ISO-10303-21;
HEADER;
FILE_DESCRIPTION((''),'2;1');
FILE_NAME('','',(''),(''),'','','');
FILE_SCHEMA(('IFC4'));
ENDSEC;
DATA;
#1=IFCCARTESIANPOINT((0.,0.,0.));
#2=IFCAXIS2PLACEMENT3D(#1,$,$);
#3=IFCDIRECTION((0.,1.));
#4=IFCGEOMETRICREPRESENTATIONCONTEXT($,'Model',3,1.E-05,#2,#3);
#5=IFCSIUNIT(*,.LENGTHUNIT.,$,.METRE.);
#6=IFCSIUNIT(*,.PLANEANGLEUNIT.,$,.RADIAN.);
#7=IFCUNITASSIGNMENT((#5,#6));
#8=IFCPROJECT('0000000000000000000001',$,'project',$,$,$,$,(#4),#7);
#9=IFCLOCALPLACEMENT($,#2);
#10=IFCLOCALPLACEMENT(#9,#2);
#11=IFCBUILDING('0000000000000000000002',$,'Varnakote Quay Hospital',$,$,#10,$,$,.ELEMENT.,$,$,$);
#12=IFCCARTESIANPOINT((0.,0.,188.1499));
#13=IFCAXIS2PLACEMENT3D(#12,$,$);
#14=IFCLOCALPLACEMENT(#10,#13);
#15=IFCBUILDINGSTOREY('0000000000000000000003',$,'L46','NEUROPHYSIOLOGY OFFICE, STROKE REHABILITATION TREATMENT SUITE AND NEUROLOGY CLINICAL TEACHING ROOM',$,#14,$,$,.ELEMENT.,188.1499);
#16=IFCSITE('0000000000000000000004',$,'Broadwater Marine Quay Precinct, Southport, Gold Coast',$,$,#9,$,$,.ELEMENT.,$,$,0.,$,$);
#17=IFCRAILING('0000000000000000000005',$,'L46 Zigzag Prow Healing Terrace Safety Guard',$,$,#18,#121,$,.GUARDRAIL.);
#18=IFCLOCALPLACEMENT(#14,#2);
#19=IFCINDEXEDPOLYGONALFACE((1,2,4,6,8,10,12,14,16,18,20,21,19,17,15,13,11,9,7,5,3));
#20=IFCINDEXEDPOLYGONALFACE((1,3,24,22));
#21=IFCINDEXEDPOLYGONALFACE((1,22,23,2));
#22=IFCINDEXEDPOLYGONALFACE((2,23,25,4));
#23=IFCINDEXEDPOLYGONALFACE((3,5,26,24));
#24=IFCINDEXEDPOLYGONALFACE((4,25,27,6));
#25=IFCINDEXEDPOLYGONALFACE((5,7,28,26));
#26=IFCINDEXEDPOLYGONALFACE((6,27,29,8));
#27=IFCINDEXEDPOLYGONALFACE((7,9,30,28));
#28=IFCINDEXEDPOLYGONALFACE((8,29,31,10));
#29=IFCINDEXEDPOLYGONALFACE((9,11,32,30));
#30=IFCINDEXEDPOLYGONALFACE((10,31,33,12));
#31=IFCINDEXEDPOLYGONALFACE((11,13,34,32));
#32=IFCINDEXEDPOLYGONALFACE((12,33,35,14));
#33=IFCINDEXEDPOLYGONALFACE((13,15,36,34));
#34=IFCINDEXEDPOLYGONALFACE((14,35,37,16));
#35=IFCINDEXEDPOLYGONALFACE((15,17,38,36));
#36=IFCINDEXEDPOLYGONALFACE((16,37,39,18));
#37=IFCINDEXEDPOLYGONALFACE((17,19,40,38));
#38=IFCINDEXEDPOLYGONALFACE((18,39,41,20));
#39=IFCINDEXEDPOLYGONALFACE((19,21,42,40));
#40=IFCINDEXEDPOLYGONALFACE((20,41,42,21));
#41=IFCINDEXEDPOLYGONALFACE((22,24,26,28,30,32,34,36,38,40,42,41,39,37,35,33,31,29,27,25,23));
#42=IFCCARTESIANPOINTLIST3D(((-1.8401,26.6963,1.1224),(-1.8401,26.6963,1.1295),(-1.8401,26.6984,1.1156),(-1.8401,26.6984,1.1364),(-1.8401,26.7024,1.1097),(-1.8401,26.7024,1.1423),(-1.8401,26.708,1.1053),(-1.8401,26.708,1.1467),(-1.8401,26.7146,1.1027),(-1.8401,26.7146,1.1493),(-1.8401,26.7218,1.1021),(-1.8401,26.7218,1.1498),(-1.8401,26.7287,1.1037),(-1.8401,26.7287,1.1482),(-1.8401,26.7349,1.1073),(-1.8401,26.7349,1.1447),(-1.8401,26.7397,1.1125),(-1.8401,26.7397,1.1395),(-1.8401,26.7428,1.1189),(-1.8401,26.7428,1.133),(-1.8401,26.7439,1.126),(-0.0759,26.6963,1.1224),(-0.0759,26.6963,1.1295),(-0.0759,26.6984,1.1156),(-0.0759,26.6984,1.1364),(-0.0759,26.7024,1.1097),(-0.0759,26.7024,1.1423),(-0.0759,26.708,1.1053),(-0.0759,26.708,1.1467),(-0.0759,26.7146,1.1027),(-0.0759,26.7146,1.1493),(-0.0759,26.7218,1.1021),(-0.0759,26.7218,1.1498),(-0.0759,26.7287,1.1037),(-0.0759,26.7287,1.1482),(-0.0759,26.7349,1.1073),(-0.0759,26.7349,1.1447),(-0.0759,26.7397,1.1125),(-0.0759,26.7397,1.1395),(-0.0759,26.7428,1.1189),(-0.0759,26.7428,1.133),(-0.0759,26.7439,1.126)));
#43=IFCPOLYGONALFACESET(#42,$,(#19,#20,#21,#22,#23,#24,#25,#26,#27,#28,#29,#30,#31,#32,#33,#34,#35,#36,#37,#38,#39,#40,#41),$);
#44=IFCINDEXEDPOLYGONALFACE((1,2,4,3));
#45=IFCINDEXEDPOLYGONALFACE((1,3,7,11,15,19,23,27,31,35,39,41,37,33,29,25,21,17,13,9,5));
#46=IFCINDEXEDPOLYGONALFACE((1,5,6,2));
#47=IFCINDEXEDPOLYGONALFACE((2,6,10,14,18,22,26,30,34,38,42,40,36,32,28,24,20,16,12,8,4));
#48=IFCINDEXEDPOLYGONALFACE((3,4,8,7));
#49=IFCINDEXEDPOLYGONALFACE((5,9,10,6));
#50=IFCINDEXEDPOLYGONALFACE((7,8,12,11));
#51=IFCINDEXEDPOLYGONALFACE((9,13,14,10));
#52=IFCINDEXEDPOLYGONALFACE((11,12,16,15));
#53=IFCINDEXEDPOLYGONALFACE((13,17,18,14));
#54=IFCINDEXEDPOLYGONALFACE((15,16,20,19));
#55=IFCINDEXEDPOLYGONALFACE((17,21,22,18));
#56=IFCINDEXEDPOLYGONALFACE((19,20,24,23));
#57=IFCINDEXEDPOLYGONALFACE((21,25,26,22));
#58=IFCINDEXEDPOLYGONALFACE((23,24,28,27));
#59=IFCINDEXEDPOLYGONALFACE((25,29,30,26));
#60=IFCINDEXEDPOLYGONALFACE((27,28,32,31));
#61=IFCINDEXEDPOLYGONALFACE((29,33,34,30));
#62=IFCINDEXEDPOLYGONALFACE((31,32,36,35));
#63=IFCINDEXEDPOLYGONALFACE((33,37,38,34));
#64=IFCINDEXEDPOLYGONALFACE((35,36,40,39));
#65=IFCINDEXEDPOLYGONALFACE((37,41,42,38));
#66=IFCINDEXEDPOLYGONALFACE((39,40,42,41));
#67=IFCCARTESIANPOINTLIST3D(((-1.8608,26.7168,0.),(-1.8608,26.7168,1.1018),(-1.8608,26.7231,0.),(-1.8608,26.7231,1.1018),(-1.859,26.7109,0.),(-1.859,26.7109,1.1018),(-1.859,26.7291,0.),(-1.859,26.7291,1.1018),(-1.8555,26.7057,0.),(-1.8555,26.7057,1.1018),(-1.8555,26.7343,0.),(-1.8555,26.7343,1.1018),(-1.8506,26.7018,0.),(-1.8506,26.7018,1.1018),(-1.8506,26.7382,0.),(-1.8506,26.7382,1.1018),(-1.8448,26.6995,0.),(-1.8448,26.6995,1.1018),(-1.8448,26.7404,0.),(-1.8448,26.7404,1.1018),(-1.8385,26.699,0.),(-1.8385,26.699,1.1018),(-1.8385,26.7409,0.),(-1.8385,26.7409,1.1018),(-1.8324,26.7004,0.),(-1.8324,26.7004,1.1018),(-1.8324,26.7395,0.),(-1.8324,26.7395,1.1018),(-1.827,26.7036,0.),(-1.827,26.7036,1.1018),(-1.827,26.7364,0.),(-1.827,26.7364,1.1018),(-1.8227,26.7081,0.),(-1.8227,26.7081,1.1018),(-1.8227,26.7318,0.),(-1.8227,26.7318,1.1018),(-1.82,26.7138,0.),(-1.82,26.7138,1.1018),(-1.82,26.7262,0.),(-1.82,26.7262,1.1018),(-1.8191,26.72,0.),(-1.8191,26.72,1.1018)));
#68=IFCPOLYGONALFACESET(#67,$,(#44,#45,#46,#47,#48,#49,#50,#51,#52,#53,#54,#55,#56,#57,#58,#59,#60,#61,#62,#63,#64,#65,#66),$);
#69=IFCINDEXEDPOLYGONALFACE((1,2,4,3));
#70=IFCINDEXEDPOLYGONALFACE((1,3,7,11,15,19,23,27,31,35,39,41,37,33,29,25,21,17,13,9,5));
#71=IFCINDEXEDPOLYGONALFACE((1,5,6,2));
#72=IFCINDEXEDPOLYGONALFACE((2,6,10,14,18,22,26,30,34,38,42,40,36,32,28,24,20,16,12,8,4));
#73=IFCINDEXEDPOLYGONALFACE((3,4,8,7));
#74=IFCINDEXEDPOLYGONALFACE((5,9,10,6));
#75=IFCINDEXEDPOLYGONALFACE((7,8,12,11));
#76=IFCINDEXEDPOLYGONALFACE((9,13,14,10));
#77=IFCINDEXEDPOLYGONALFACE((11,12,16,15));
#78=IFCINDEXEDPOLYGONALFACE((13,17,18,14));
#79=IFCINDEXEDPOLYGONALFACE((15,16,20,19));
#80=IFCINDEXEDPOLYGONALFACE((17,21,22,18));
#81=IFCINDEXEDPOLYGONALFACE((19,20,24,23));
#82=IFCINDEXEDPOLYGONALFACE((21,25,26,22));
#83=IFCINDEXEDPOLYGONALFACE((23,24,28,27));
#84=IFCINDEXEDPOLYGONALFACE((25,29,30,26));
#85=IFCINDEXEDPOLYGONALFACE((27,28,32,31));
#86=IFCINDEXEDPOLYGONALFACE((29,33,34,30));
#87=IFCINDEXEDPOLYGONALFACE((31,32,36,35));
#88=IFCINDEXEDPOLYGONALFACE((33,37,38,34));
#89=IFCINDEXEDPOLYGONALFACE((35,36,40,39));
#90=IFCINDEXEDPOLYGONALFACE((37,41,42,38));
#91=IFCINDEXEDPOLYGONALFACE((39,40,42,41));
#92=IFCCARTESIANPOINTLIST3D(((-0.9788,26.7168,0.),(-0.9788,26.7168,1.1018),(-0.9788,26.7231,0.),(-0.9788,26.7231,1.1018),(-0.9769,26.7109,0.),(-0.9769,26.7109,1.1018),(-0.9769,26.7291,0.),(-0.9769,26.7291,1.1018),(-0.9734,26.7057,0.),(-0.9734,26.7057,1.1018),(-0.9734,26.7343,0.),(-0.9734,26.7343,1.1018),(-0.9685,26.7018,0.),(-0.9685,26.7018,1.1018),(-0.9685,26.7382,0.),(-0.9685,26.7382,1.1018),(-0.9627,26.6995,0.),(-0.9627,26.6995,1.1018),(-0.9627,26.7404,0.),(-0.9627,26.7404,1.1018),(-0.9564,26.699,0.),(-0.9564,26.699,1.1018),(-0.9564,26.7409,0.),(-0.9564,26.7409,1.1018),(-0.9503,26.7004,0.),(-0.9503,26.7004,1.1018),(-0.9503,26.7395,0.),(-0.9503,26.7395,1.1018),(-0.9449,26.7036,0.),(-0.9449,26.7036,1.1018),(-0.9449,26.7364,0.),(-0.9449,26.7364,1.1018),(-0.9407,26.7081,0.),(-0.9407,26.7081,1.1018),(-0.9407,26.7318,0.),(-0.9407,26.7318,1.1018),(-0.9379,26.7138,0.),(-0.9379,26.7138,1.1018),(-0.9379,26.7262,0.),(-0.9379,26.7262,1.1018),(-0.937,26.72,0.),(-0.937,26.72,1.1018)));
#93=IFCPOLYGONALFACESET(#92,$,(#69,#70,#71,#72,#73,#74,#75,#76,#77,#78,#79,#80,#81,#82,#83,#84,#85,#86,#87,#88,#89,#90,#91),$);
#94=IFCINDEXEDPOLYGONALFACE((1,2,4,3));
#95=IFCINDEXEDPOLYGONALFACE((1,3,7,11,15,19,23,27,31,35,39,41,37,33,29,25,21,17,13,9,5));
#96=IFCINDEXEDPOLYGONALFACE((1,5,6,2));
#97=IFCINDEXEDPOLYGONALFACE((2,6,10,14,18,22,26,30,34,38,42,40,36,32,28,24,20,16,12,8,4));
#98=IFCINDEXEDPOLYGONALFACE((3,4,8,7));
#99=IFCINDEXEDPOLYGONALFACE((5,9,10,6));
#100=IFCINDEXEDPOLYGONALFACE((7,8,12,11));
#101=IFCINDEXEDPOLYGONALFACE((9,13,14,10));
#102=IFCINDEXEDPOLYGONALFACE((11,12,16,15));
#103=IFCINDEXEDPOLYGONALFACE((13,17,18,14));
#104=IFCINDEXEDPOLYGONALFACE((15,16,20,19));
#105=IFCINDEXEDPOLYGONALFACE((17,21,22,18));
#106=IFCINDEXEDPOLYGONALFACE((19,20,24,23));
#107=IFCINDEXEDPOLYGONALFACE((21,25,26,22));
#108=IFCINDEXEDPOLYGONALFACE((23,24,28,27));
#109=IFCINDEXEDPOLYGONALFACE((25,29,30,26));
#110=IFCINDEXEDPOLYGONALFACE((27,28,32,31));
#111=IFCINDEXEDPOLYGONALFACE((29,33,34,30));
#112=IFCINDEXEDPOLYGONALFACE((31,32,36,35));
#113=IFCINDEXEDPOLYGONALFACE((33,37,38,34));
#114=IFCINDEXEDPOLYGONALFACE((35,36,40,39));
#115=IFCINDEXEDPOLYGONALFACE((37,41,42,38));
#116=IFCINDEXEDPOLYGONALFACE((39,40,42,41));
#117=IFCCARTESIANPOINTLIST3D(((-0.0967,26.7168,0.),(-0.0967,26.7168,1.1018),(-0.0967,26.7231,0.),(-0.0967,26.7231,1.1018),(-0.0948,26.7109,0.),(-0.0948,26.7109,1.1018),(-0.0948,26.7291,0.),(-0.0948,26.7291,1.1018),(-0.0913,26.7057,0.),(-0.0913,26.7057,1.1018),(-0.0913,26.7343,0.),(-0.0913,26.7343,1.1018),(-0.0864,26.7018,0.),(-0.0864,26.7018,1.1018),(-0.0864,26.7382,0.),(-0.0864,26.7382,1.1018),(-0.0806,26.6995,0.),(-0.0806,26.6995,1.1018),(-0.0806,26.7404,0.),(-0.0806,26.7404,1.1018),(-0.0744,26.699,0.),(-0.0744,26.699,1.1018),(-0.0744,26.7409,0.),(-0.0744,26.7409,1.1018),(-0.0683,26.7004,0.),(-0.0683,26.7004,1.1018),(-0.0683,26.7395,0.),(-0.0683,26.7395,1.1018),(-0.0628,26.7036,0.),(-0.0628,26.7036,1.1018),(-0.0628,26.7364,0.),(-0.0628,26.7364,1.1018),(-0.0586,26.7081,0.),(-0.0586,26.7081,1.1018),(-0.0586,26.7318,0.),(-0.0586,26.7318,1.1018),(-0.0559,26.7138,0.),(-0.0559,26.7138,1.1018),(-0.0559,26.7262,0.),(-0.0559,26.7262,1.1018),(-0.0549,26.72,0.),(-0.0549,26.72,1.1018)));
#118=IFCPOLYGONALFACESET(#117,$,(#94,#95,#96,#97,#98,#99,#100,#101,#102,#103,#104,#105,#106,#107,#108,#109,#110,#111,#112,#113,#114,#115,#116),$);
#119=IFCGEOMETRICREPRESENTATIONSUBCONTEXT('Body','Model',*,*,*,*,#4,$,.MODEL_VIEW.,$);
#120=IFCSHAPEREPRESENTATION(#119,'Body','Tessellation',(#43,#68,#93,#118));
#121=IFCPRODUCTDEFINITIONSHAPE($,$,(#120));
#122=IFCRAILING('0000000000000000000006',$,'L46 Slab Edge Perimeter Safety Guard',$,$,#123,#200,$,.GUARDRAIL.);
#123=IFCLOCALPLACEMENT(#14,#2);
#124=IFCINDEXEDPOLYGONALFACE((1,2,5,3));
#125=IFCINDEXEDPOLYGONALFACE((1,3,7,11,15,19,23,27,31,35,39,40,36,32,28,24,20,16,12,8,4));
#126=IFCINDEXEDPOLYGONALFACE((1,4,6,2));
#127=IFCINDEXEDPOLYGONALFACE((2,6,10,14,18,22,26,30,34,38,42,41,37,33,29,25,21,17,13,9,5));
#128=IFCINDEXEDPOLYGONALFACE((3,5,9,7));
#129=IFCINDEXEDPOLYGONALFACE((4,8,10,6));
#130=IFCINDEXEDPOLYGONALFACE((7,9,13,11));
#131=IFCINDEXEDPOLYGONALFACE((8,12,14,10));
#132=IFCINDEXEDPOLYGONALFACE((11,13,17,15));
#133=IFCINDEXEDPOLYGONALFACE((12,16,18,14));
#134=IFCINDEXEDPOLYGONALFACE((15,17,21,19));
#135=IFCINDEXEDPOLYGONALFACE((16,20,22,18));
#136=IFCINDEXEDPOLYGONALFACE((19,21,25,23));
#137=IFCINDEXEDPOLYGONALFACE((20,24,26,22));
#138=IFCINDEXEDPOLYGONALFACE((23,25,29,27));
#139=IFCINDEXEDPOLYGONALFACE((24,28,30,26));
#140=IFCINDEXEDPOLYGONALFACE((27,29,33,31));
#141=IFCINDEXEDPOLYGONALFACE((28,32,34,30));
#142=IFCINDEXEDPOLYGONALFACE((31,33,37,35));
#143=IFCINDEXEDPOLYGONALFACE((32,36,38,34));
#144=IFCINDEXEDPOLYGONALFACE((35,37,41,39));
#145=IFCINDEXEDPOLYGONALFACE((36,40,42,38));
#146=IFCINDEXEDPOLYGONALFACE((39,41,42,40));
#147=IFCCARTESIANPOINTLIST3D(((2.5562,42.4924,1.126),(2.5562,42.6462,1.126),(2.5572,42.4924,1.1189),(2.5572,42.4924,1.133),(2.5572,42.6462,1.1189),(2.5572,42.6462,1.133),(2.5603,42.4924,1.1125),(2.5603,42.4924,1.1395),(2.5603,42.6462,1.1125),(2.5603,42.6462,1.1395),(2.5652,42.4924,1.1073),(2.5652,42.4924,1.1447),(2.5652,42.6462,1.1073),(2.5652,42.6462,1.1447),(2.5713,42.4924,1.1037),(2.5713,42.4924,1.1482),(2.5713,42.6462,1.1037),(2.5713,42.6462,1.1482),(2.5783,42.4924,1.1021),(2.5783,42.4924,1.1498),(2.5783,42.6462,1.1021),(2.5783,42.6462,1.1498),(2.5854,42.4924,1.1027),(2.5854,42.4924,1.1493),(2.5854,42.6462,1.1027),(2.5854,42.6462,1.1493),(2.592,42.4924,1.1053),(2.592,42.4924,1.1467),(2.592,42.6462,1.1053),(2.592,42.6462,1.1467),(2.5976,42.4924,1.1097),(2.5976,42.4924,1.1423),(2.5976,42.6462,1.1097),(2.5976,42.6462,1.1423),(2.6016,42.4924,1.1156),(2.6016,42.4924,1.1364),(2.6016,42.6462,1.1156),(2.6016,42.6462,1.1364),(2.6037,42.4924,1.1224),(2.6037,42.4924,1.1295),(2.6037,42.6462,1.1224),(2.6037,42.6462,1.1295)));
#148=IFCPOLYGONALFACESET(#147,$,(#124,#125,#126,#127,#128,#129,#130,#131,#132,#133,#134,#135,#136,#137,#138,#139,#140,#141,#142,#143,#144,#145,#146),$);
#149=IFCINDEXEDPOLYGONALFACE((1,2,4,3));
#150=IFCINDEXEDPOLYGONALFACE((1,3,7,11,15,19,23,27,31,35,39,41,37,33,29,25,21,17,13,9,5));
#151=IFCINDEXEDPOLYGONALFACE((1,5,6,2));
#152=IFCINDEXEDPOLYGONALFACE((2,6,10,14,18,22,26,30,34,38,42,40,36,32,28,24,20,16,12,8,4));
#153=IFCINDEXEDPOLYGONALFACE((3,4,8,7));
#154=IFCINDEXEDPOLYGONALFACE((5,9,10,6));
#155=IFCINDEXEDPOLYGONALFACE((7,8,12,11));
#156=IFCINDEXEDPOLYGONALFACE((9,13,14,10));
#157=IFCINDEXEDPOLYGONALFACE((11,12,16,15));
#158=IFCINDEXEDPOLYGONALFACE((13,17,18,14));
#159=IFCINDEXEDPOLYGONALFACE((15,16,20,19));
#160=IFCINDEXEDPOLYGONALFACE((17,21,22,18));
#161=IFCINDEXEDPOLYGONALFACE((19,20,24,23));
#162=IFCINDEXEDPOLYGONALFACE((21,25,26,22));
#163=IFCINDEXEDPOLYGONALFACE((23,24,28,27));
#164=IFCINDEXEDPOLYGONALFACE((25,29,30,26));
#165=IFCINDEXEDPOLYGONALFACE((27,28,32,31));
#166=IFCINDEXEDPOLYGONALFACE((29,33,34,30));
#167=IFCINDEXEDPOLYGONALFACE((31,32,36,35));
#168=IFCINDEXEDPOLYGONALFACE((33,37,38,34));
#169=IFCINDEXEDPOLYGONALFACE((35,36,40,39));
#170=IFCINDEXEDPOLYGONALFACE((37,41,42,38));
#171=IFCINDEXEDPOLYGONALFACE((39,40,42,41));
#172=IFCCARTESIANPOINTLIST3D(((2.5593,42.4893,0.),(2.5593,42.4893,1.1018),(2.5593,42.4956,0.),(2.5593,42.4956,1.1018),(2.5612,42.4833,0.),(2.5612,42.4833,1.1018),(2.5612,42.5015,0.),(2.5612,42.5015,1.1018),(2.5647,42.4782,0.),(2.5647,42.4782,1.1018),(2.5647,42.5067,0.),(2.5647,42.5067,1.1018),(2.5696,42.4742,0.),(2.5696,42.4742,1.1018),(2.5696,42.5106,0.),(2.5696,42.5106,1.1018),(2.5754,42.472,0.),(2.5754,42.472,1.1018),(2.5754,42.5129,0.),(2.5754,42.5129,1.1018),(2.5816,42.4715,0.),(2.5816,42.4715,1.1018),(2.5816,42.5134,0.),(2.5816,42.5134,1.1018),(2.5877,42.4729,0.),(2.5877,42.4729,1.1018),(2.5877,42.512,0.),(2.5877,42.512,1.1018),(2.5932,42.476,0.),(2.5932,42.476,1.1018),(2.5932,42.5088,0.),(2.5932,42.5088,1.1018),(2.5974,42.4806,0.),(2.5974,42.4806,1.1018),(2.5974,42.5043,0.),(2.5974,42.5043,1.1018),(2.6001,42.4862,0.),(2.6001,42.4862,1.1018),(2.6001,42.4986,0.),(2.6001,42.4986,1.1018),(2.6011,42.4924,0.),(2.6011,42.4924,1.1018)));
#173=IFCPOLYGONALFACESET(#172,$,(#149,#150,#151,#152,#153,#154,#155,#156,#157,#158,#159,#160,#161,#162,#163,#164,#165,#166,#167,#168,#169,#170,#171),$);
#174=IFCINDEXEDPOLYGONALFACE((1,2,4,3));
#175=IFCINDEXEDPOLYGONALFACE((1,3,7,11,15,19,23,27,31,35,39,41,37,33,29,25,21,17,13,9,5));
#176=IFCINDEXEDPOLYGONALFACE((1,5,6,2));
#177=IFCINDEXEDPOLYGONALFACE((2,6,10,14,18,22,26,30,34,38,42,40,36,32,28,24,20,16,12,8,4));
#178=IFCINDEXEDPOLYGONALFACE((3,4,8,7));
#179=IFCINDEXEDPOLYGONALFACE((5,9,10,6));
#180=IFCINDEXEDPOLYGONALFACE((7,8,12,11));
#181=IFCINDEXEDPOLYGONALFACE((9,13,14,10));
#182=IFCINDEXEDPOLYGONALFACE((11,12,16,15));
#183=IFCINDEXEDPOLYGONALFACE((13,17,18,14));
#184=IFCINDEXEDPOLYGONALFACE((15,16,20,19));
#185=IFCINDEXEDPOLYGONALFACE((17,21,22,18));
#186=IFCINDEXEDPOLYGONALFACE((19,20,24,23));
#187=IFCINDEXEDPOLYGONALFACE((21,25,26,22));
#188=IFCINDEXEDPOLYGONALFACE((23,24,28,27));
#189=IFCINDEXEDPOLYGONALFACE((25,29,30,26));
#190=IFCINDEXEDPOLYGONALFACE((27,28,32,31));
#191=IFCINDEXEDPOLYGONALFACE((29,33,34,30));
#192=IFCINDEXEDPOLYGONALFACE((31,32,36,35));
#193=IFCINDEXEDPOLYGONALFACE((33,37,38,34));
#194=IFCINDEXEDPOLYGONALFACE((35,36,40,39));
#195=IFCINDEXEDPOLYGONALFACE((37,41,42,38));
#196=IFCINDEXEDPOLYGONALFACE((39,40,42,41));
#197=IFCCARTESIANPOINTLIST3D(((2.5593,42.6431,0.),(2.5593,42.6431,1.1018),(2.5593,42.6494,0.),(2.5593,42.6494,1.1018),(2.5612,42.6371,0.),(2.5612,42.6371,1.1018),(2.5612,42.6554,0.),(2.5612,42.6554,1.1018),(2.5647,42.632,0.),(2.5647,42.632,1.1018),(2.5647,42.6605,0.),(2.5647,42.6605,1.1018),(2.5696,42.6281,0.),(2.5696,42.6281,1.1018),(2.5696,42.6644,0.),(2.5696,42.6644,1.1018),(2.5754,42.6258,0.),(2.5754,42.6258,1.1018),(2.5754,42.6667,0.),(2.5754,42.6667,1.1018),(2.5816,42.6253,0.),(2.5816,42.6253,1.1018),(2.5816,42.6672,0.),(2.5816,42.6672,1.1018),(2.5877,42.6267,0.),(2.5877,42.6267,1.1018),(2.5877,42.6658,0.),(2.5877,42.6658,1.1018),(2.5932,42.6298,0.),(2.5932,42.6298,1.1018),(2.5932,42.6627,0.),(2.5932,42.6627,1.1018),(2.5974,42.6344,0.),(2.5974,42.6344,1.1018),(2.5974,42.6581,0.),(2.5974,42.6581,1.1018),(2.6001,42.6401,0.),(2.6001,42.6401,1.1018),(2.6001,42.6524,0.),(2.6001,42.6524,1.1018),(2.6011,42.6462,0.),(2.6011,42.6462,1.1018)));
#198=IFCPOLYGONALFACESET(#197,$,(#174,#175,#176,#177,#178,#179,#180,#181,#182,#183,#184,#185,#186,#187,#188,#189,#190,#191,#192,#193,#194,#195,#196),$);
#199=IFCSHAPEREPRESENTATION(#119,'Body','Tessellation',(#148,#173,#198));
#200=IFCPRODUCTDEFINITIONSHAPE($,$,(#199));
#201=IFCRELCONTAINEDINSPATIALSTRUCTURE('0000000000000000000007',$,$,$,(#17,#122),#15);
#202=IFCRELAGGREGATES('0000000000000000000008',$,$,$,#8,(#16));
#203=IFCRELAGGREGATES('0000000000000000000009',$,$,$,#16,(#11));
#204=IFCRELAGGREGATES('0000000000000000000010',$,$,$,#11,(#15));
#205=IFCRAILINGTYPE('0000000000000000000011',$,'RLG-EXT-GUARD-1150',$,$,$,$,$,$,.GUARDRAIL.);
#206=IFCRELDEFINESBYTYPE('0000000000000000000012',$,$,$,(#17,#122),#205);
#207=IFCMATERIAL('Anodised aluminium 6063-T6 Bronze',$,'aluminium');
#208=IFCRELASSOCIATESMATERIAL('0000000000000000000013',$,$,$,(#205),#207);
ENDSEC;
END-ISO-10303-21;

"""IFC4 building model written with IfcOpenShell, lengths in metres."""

from ifc_helpers import new_model, si_unit, direction, frame, origin, origin_2d, place, context, subcontext, project, spatial, circle, extrude, material, type_object, element, save


model = new_model("IFC4")

# Units and contexts
model_context = context("Model", 3, precision=1e-05, world=origin(), true_north=direction((0.0, 1.0)))
body_context = subcontext(model_context, "Body", "Model", "MODEL_VIEW")
ifc_project = project(units=[si_unit("LENGTHUNIT", "METRE"), si_unit("PLANEANGLEUNIT", "RADIAN")], contexts=[model_context])

# Site, building, storey
site_placement = place(None, origin())
site = spatial("IfcSite", under=ifc_project, at=site_placement, Name="Broadwater Marine Quay Precinct, Southport, Gold Coast", CompositionType="ELEMENT", RefElevation=0.0)
building_placement = place(site_placement, origin())
building = spatial("IfcBuilding", under=site, at=building_placement, Name="Varnakote Quay Hospital", CompositionType="ELEMENT")
storey_placement = place(building_placement, frame((0.0, 0.0, 188.1499)))
storey = spatial("IfcBuildingStorey", under=building, at=storey_placement, Name="L46", Description="NEUROPHYSIOLOGY OFFICE, STROKE REHABILITATION TREATMENT SUITE AND NEUROLOGY CLINICAL TEACHING ROOM", CompositionType="ELEMENT", Elevation=188.1499)

# Railings
ifc_material_1 = material(Name="Anodised aluminium 6063-T6 Bronze", Category="aluminium")
railing_type = type_object("IfcRailingType", Name="RLG-EXT-GUARD-1150", PredefinedType="GUARDRAIL", material=ifc_material_1)
railing_1_placement = place(storey_placement, frame((-1.8401, 26.72, 0.0)))
element("IfcRailing", 1, at=railing_1_placement, inside=storey, type_object=railing_type, Name="L46 Zigzag Prow Healing Terrace Safety Guard", PredefinedType="GUARDRAIL", context=body_context, shape_type="SweptSolid", body=[
    extrude(circle(Radius=0.0239, at=origin_2d()), frame((0.0, 0.0, 1.126), z_axis=(1.0, 0.0, 0.0), x_axis=(0.0, 1.0, 0.0)), (0.0, 0.0, 1.0), 1.7642),
    extrude(circle(Radius=0.021, at=origin_2d()), origin(), (0.0, 0.0, 1.0), 1.1018),
    extrude(circle(Radius=0.021, at=origin_2d()), frame((0.8821, 0.0, 0.0)), (0.0, 0.0, 1.0), 1.1018),
    extrude(circle(Radius=0.021, at=origin_2d()), frame((1.7642, 0.0, 0.0)), (0.0, 0.0, 1.0), 1.1018),
])
railing_2_placement = place(storey_placement, frame((2.5801, 42.4924, 0.0)))
element("IfcRailing", 2, at=railing_2_placement, inside=storey, type_object=railing_type, Name="L46 Slab Edge Perimeter Safety Guard", PredefinedType="GUARDRAIL", context=body_context, shape_type="SweptSolid", body=[
    extrude(circle(Radius=0.0239, at=origin_2d()), frame((0.0, 0.0, 1.126), z_axis=(0.0, 1.0, 0.0), x_axis=(-1.0, 0.0, 0.0)), (0.0, 0.0, 1.0), 0.1538),
    extrude(circle(Radius=0.021, at=origin_2d()), origin(), (0.0, 0.0, 1.0), 1.1018),
    extrude(circle(Radius=0.021, at=origin_2d()), frame((0.0, 0.1538, 0.0)), (0.0, 0.0, 1.0), 1.1018),
])

save(model, "model.ifc")
